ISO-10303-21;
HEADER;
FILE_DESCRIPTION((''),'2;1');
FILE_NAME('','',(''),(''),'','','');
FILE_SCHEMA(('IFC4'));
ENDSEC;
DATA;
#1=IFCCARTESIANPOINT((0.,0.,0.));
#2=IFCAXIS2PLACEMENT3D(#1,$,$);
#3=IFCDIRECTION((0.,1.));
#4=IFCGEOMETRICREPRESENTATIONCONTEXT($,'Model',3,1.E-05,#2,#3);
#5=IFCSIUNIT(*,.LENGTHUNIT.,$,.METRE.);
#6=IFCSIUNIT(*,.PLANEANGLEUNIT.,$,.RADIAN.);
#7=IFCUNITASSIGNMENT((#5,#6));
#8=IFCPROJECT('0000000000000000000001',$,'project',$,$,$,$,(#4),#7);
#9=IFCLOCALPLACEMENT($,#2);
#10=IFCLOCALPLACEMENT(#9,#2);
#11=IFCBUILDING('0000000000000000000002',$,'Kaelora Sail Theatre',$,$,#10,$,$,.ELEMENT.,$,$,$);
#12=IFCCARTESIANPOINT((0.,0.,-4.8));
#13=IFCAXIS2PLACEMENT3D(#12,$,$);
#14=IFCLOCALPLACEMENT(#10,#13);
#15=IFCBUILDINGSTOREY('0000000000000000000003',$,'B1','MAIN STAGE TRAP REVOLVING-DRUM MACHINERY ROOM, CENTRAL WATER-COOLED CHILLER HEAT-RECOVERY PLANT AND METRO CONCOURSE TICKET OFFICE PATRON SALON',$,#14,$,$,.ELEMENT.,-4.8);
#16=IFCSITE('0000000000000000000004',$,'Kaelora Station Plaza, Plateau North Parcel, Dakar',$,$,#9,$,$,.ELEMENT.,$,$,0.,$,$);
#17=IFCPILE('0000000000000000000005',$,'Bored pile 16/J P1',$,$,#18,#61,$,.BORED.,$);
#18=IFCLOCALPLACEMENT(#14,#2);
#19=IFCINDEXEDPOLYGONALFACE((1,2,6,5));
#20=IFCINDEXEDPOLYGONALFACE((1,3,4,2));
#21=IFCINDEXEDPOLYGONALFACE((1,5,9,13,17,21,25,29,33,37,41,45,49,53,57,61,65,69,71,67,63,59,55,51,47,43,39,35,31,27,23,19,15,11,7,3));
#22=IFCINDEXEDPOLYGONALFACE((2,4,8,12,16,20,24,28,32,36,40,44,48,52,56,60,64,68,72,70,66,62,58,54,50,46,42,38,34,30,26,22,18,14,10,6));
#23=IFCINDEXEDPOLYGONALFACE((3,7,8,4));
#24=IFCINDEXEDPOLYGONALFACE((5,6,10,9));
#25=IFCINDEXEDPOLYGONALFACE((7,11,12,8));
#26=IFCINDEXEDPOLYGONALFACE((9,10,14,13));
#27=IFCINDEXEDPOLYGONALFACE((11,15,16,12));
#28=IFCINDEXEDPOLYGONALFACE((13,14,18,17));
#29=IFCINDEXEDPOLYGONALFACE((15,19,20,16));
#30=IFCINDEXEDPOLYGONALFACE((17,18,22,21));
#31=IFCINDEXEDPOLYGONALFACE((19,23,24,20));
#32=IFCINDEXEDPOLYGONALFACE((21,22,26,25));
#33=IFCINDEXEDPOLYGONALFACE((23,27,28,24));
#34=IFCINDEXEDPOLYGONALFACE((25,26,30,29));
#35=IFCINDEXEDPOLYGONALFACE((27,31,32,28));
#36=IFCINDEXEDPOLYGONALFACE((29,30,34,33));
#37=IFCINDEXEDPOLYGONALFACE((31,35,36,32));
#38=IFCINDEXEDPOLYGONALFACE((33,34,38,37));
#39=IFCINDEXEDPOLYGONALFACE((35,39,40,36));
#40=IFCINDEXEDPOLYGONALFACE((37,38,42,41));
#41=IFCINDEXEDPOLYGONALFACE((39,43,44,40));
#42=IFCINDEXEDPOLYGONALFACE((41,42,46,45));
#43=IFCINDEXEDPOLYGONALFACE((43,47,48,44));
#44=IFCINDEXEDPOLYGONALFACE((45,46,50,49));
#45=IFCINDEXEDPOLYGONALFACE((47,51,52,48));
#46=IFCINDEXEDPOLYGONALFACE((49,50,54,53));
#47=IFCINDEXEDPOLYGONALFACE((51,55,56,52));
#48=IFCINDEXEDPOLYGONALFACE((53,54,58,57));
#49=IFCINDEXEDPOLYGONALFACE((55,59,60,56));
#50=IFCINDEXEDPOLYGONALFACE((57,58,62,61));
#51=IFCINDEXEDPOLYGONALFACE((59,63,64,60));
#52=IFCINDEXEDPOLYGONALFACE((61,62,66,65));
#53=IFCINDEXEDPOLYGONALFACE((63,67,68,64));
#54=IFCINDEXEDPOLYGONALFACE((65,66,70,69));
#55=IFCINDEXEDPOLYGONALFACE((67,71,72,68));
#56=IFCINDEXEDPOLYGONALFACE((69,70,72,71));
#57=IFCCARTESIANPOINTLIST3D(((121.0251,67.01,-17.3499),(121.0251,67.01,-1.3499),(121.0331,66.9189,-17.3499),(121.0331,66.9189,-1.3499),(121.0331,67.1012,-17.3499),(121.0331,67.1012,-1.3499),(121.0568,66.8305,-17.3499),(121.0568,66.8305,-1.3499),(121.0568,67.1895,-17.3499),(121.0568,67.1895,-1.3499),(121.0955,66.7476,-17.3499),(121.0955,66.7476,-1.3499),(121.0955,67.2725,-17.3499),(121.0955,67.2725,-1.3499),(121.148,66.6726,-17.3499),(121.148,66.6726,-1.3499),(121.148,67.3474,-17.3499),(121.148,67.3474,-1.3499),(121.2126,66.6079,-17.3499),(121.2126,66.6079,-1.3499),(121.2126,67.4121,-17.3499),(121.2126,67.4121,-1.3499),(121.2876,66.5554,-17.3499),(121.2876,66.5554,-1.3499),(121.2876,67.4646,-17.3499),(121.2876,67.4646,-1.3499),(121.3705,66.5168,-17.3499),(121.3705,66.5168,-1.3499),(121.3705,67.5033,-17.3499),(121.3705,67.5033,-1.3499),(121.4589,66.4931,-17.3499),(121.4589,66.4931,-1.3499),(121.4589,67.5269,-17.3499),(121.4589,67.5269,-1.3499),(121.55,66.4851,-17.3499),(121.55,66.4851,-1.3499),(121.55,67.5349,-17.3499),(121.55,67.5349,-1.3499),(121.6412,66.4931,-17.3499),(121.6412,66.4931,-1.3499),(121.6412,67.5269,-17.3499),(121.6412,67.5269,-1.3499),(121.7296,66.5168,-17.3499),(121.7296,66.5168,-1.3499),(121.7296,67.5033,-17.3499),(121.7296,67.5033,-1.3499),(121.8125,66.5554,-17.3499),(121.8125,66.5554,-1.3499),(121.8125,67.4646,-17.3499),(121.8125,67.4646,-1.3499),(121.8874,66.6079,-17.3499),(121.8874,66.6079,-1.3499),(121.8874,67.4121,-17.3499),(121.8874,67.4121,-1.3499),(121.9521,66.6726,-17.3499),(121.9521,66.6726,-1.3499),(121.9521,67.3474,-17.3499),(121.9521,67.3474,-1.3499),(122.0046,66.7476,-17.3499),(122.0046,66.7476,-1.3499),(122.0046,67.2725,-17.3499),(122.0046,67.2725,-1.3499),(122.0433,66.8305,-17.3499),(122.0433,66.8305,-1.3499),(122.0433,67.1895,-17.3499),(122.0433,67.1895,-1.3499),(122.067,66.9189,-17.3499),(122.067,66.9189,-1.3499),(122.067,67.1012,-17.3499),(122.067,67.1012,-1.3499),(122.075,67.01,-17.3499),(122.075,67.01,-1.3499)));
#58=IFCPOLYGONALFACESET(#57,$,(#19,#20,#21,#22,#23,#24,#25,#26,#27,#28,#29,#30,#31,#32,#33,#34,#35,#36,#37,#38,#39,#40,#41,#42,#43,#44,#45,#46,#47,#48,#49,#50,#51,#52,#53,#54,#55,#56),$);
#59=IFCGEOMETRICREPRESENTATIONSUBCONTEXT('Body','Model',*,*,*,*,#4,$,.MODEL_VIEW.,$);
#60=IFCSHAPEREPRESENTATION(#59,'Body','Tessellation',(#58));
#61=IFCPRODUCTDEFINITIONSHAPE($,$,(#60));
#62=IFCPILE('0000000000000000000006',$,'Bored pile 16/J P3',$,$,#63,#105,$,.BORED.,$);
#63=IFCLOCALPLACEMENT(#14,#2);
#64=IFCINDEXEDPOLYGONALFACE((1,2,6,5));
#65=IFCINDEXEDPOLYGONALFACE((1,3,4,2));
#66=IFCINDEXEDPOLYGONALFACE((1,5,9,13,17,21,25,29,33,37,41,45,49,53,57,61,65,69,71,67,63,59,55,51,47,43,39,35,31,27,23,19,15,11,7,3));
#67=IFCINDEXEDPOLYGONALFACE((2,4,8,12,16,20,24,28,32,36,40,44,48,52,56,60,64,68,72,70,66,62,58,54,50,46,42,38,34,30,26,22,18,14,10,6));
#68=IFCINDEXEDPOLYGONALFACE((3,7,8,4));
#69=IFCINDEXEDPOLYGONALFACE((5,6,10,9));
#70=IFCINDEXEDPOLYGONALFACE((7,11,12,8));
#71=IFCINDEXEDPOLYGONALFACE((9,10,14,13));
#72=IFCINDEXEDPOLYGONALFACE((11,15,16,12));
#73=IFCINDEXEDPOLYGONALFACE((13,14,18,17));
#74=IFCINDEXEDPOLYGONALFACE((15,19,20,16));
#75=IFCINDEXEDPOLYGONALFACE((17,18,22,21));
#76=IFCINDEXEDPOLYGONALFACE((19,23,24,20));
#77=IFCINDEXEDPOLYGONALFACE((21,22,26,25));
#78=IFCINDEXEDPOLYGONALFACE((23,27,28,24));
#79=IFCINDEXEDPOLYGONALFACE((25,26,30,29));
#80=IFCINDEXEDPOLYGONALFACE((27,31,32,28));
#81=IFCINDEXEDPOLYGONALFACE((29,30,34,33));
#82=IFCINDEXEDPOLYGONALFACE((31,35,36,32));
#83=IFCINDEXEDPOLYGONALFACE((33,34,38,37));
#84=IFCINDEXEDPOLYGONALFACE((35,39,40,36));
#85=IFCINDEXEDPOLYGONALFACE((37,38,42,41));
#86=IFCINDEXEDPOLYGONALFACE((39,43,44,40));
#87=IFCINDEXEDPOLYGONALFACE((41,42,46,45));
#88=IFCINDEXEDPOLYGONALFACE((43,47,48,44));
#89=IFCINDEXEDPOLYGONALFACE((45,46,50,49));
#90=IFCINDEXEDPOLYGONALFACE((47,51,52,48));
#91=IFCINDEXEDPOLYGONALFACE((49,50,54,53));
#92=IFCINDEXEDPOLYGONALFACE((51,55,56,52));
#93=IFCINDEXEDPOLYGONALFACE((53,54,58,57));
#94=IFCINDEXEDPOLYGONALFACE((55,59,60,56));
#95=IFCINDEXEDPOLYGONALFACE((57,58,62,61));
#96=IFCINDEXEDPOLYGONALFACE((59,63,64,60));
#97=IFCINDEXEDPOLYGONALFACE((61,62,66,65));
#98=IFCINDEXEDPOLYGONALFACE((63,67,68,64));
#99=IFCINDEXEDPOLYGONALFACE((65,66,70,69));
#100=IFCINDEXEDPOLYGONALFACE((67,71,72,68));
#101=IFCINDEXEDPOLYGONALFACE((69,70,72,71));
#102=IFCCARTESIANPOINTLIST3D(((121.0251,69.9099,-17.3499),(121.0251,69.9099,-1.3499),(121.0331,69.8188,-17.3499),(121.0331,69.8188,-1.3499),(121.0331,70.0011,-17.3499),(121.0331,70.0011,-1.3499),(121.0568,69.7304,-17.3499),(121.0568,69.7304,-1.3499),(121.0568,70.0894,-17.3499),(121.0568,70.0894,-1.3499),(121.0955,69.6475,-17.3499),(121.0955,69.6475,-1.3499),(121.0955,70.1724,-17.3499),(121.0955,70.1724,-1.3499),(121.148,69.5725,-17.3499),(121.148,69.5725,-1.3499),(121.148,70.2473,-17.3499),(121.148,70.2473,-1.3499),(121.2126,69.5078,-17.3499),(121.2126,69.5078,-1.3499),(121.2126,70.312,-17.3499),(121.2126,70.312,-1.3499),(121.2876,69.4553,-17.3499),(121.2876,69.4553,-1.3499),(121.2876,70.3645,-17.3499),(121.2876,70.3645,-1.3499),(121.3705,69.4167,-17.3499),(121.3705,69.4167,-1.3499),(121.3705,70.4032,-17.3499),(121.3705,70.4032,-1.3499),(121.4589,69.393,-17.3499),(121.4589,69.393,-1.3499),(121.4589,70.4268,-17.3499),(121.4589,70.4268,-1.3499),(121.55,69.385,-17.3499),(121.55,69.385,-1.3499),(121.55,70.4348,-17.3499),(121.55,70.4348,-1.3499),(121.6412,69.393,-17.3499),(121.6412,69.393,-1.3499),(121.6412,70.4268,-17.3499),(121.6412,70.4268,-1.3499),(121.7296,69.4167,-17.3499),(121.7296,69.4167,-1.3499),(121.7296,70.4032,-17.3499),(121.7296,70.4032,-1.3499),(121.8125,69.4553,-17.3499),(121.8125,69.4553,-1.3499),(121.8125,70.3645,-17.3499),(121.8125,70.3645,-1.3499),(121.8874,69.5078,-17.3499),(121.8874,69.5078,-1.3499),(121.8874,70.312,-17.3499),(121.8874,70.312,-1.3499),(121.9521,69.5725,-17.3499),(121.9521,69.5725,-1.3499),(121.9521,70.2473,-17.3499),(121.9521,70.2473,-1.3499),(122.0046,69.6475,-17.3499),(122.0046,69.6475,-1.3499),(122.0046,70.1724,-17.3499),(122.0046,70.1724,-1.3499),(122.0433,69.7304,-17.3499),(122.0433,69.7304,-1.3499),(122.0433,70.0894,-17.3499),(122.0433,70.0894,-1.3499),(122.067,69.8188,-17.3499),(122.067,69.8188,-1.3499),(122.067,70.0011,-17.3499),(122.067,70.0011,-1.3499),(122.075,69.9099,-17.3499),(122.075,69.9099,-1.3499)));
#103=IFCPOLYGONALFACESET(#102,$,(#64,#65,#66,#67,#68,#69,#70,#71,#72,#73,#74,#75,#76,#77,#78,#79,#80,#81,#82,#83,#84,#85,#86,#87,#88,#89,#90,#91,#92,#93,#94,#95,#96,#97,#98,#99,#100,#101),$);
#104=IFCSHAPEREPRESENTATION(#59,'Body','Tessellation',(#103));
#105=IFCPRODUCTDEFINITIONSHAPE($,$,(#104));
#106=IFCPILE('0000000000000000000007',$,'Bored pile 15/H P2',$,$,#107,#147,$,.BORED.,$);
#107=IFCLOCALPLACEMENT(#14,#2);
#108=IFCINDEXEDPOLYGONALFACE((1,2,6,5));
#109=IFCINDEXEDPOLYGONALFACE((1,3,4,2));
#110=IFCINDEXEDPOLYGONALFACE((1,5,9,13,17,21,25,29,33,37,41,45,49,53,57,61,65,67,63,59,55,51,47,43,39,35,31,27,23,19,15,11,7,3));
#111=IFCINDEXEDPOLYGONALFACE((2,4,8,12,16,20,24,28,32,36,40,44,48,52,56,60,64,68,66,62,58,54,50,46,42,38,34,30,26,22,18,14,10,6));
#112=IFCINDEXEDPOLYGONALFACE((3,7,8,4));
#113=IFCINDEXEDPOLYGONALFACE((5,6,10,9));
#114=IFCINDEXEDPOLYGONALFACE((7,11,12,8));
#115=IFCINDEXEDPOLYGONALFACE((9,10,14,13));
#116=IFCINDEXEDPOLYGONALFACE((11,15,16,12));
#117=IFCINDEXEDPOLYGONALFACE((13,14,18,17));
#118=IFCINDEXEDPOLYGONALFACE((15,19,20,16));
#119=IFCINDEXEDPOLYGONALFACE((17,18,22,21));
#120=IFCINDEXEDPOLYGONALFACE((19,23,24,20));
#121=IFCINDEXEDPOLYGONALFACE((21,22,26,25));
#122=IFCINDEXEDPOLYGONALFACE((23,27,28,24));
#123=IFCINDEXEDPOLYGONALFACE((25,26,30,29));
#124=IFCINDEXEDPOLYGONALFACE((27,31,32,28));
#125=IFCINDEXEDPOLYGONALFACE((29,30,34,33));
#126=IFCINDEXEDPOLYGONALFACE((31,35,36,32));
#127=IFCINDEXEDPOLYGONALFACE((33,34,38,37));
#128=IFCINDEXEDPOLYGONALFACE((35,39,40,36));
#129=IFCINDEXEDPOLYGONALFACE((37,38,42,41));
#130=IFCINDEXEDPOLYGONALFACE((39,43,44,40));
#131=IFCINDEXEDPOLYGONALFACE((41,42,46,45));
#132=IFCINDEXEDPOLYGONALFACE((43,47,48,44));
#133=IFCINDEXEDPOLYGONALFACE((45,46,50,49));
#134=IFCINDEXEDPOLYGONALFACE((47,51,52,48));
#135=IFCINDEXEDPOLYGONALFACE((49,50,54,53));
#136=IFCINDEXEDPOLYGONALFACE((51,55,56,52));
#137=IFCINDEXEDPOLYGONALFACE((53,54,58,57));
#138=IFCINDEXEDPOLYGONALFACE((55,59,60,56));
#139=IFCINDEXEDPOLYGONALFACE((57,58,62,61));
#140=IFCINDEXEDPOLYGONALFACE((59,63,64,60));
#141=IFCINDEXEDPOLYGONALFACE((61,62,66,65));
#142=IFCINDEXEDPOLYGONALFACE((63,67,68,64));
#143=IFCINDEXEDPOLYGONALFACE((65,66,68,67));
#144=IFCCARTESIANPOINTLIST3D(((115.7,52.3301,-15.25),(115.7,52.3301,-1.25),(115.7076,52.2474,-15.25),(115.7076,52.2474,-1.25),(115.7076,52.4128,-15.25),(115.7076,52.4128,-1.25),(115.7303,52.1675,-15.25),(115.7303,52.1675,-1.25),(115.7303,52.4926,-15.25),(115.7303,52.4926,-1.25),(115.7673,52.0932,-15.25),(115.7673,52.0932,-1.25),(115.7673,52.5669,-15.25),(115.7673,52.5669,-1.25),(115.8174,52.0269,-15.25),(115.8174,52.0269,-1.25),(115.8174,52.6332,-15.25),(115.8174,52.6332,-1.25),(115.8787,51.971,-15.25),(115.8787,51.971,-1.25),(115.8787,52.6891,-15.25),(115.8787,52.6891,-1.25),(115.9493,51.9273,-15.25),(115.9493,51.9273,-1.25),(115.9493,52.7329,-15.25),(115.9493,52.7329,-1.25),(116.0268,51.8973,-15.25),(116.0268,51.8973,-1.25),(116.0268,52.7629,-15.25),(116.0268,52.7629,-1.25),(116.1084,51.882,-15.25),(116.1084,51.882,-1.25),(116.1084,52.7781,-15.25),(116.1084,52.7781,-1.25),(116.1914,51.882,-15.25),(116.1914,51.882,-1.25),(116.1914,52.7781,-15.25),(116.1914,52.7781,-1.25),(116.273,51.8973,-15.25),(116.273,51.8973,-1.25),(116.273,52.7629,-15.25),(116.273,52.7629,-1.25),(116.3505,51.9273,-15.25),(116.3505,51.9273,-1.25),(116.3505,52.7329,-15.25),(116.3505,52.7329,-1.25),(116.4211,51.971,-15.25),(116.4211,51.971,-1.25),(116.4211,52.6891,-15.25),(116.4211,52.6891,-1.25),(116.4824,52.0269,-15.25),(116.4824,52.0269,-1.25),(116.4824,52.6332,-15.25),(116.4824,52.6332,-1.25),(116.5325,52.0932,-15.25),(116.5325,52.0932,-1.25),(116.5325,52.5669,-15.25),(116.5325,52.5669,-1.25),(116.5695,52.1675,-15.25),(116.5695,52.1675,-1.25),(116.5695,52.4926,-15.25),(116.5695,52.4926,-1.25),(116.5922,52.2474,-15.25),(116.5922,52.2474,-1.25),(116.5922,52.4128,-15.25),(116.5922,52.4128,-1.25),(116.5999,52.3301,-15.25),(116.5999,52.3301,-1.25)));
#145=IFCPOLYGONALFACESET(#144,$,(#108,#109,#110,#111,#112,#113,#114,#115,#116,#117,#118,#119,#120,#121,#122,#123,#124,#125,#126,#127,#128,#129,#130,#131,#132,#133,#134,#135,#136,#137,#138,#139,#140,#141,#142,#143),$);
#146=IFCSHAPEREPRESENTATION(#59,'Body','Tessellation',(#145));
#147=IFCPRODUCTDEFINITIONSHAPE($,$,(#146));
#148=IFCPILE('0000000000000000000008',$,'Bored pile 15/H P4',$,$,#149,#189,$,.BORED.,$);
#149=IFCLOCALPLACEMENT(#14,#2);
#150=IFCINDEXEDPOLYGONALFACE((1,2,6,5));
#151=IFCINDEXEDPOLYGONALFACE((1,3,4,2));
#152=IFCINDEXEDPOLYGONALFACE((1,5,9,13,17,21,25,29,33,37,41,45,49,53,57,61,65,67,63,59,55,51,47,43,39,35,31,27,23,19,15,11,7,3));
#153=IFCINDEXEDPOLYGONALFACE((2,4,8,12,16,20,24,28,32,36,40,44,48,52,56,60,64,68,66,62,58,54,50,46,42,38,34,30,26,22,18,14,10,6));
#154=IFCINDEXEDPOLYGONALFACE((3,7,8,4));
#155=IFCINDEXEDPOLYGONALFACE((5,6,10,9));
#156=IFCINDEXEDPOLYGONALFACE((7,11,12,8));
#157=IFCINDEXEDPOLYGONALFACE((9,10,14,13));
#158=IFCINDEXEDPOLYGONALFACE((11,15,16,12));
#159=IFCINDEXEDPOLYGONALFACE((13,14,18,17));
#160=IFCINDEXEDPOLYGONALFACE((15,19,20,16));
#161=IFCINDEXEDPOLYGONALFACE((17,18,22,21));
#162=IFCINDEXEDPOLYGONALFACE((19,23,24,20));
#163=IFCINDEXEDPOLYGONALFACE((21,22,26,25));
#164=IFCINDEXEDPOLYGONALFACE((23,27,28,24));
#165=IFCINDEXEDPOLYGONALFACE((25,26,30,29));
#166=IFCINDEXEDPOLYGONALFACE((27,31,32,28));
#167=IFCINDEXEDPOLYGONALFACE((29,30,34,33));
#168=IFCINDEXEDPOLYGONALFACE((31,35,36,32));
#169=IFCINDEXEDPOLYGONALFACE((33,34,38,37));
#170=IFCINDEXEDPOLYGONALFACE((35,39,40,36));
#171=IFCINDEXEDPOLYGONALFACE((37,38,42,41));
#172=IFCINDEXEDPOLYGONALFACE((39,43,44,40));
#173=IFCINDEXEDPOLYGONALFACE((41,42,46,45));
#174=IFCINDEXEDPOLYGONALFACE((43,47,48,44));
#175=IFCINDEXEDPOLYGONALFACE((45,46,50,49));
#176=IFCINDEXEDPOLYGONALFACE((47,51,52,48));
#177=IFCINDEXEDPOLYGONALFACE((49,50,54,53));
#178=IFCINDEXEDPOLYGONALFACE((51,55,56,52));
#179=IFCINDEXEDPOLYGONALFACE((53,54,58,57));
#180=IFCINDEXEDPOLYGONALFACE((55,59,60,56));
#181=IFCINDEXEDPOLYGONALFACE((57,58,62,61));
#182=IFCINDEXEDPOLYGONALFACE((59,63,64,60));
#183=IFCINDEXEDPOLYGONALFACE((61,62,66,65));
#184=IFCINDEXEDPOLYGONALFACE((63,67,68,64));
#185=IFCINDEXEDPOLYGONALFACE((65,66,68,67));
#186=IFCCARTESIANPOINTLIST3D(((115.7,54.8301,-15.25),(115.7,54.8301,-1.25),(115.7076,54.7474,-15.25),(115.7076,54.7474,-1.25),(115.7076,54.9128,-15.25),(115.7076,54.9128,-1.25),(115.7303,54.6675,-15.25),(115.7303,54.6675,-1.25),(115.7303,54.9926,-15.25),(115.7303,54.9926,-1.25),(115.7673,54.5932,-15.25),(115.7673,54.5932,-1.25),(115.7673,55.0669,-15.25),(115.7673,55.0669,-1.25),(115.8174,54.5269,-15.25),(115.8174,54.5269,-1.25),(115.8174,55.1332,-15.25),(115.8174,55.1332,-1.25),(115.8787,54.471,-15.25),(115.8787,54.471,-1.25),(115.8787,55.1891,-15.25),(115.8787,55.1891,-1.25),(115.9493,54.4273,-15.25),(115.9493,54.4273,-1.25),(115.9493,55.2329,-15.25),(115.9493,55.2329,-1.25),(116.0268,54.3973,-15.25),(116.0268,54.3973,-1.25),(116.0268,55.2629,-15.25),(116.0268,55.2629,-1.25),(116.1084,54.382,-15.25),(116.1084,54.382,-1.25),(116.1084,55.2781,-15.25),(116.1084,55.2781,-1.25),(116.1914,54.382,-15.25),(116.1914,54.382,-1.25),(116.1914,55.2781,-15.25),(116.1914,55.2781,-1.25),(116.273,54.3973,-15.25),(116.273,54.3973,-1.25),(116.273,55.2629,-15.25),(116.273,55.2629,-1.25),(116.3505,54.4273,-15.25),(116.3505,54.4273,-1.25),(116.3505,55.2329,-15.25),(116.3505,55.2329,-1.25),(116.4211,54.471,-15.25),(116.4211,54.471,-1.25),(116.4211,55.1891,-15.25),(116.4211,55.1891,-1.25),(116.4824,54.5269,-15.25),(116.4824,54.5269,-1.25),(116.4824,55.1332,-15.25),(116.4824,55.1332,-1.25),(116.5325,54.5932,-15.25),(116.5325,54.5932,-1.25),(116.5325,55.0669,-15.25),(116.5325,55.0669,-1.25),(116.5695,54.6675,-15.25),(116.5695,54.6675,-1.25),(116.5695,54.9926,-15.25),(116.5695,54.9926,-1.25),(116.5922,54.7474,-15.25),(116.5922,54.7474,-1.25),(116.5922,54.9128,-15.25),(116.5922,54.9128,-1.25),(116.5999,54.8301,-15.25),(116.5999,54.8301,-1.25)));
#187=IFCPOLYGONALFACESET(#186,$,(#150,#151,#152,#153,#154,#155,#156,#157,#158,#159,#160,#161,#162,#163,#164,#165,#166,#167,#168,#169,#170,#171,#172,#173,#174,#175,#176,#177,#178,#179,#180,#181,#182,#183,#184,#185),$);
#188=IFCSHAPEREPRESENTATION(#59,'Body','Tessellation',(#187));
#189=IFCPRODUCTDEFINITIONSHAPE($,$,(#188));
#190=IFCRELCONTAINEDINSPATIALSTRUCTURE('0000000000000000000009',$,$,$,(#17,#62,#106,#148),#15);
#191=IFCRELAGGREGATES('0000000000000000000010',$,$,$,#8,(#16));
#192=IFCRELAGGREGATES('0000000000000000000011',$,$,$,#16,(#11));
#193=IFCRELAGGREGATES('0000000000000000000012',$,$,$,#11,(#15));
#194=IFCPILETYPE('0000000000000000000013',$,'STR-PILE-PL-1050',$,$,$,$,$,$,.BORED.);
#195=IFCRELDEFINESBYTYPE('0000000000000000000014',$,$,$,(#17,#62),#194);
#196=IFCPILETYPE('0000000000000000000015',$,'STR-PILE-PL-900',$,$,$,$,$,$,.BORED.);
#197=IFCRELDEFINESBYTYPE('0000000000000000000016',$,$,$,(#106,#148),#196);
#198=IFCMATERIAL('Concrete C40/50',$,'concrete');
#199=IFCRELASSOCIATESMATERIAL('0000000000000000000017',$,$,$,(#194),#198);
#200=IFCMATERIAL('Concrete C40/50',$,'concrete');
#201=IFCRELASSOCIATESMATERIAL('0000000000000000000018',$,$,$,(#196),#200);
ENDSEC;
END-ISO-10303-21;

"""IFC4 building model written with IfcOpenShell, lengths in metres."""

from ifc_helpers import new_model, si_unit, direction, frame, origin, origin_2d, place, context, subcontext, project, spatial, circle, extrude, material, material_profile, profile_set, type_object, element, save


model = new_model("IFC4")

# Units and contexts
model_context = context("Model", 3, precision=1e-05, world=origin(), true_north=direction((0.0, 1.0)))
body_context = subcontext(model_context, "Body", "Model", "MODEL_VIEW")
ifc_project = project(units=[si_unit("LENGTHUNIT", "METRE"), si_unit("PLANEANGLEUNIT", "RADIAN")], contexts=[model_context])

# Site, building, storey
site_placement = place(None, origin())
site = spatial("IfcSite", under=ifc_project, at=site_placement, Name="Kaelora Station Plaza, Plateau North Parcel, Dakar", CompositionType="ELEMENT", RefElevation=0.0)
building_placement = place(site_placement, origin())
building = spatial("IfcBuilding", under=site, at=building_placement, Name="Kaelora Sail Theatre", CompositionType="ELEMENT")
storey_placement = place(building_placement, frame((0.0, 0.0, -4.8)))
storey = spatial("IfcBuildingStorey", under=building, at=storey_placement, Name="B1", Description="MAIN STAGE TRAP REVOLVING-DRUM MACHINERY ROOM, CENTRAL WATER-COOLED CHILLER HEAT-RECOVERY PLANT AND METRO CONCOURSE TICKET OFFICE PATRON SALON", CompositionType="ELEMENT", Elevation=-4.8)

# Piles
ifc_material_1 = material(Name="Concrete C40/50", Category="concrete")
ifc_material_profile_1 = material_profile(ifc_material_1, circle(Radius=0.5249, at=origin_2d()), Name="PILE D1050")
ifc_profile_set_1 = profile_set([ifc_material_profile_1], Name="Concrete C40/50")
pile_type_1 = type_object("IfcPileType", Name="STR-PILE-PL-1050", PredefinedType="BORED", material=ifc_profile_set_1)
for number, where, z_axis, x_axis, name in (
    (1, (121.55, 67.01, -1.3499), (0.0, 0.0, -1.0), (1.0, 0.0, 0.0), "Bored pile 16/J P1"),
    (2, (121.55, 69.9099, -1.3499), (0.0, 0.0, -1.0), (1.0, 0.0, 0.0), "Bored pile 16/J P3"),
):
    element("IfcPile", number, at=place(storey_placement, frame(where, z_axis=z_axis, x_axis=x_axis)), inside=storey, type_object=pile_type_1, Name=name, PredefinedType="BORED", context=body_context, shape_type="SweptSolid", body=[
        extrude(circle(Radius=0.5249, at=origin_2d()), origin(), (0.0, 0.0, 1.0), 16.0),
    ])
ifc_material_2 = material(Name="Concrete C40/50", Category="concrete")
ifc_material_profile_2 = material_profile(ifc_material_2, circle(Radius=0.45, at=origin_2d()), Name="PILE D900")
ifc_profile_set_2 = profile_set([ifc_material_profile_2], Name="Concrete C40/50")
pile_type_2 = type_object("IfcPileType", Name="STR-PILE-PL-900", PredefinedType="BORED", material=ifc_profile_set_2)
for number, where, z_axis, x_axis, name in (
    (3, (116.1499, 52.3301, -1.25), (0.0, 0.0, -1.0), (1.0, 0.0, 0.0), "Bored pile 15/H P2"),
    (4, (116.1499, 54.8301, -1.25), (0.0, 0.0, -1.0), (1.0, 0.0, 0.0), "Bored pile 15/H P4"),
):
    element("IfcPile", number, at=place(storey_placement, frame(where, z_axis=z_axis, x_axis=x_axis)), inside=storey, type_object=pile_type_2, Name=name, PredefinedType="BORED", context=body_context, shape_type="SweptSolid", body=[
        extrude(circle(Radius=0.45, at=origin_2d()), origin(), (0.0, 0.0, 1.0), 14.0),
    ])

save(model, "model.ifc")
